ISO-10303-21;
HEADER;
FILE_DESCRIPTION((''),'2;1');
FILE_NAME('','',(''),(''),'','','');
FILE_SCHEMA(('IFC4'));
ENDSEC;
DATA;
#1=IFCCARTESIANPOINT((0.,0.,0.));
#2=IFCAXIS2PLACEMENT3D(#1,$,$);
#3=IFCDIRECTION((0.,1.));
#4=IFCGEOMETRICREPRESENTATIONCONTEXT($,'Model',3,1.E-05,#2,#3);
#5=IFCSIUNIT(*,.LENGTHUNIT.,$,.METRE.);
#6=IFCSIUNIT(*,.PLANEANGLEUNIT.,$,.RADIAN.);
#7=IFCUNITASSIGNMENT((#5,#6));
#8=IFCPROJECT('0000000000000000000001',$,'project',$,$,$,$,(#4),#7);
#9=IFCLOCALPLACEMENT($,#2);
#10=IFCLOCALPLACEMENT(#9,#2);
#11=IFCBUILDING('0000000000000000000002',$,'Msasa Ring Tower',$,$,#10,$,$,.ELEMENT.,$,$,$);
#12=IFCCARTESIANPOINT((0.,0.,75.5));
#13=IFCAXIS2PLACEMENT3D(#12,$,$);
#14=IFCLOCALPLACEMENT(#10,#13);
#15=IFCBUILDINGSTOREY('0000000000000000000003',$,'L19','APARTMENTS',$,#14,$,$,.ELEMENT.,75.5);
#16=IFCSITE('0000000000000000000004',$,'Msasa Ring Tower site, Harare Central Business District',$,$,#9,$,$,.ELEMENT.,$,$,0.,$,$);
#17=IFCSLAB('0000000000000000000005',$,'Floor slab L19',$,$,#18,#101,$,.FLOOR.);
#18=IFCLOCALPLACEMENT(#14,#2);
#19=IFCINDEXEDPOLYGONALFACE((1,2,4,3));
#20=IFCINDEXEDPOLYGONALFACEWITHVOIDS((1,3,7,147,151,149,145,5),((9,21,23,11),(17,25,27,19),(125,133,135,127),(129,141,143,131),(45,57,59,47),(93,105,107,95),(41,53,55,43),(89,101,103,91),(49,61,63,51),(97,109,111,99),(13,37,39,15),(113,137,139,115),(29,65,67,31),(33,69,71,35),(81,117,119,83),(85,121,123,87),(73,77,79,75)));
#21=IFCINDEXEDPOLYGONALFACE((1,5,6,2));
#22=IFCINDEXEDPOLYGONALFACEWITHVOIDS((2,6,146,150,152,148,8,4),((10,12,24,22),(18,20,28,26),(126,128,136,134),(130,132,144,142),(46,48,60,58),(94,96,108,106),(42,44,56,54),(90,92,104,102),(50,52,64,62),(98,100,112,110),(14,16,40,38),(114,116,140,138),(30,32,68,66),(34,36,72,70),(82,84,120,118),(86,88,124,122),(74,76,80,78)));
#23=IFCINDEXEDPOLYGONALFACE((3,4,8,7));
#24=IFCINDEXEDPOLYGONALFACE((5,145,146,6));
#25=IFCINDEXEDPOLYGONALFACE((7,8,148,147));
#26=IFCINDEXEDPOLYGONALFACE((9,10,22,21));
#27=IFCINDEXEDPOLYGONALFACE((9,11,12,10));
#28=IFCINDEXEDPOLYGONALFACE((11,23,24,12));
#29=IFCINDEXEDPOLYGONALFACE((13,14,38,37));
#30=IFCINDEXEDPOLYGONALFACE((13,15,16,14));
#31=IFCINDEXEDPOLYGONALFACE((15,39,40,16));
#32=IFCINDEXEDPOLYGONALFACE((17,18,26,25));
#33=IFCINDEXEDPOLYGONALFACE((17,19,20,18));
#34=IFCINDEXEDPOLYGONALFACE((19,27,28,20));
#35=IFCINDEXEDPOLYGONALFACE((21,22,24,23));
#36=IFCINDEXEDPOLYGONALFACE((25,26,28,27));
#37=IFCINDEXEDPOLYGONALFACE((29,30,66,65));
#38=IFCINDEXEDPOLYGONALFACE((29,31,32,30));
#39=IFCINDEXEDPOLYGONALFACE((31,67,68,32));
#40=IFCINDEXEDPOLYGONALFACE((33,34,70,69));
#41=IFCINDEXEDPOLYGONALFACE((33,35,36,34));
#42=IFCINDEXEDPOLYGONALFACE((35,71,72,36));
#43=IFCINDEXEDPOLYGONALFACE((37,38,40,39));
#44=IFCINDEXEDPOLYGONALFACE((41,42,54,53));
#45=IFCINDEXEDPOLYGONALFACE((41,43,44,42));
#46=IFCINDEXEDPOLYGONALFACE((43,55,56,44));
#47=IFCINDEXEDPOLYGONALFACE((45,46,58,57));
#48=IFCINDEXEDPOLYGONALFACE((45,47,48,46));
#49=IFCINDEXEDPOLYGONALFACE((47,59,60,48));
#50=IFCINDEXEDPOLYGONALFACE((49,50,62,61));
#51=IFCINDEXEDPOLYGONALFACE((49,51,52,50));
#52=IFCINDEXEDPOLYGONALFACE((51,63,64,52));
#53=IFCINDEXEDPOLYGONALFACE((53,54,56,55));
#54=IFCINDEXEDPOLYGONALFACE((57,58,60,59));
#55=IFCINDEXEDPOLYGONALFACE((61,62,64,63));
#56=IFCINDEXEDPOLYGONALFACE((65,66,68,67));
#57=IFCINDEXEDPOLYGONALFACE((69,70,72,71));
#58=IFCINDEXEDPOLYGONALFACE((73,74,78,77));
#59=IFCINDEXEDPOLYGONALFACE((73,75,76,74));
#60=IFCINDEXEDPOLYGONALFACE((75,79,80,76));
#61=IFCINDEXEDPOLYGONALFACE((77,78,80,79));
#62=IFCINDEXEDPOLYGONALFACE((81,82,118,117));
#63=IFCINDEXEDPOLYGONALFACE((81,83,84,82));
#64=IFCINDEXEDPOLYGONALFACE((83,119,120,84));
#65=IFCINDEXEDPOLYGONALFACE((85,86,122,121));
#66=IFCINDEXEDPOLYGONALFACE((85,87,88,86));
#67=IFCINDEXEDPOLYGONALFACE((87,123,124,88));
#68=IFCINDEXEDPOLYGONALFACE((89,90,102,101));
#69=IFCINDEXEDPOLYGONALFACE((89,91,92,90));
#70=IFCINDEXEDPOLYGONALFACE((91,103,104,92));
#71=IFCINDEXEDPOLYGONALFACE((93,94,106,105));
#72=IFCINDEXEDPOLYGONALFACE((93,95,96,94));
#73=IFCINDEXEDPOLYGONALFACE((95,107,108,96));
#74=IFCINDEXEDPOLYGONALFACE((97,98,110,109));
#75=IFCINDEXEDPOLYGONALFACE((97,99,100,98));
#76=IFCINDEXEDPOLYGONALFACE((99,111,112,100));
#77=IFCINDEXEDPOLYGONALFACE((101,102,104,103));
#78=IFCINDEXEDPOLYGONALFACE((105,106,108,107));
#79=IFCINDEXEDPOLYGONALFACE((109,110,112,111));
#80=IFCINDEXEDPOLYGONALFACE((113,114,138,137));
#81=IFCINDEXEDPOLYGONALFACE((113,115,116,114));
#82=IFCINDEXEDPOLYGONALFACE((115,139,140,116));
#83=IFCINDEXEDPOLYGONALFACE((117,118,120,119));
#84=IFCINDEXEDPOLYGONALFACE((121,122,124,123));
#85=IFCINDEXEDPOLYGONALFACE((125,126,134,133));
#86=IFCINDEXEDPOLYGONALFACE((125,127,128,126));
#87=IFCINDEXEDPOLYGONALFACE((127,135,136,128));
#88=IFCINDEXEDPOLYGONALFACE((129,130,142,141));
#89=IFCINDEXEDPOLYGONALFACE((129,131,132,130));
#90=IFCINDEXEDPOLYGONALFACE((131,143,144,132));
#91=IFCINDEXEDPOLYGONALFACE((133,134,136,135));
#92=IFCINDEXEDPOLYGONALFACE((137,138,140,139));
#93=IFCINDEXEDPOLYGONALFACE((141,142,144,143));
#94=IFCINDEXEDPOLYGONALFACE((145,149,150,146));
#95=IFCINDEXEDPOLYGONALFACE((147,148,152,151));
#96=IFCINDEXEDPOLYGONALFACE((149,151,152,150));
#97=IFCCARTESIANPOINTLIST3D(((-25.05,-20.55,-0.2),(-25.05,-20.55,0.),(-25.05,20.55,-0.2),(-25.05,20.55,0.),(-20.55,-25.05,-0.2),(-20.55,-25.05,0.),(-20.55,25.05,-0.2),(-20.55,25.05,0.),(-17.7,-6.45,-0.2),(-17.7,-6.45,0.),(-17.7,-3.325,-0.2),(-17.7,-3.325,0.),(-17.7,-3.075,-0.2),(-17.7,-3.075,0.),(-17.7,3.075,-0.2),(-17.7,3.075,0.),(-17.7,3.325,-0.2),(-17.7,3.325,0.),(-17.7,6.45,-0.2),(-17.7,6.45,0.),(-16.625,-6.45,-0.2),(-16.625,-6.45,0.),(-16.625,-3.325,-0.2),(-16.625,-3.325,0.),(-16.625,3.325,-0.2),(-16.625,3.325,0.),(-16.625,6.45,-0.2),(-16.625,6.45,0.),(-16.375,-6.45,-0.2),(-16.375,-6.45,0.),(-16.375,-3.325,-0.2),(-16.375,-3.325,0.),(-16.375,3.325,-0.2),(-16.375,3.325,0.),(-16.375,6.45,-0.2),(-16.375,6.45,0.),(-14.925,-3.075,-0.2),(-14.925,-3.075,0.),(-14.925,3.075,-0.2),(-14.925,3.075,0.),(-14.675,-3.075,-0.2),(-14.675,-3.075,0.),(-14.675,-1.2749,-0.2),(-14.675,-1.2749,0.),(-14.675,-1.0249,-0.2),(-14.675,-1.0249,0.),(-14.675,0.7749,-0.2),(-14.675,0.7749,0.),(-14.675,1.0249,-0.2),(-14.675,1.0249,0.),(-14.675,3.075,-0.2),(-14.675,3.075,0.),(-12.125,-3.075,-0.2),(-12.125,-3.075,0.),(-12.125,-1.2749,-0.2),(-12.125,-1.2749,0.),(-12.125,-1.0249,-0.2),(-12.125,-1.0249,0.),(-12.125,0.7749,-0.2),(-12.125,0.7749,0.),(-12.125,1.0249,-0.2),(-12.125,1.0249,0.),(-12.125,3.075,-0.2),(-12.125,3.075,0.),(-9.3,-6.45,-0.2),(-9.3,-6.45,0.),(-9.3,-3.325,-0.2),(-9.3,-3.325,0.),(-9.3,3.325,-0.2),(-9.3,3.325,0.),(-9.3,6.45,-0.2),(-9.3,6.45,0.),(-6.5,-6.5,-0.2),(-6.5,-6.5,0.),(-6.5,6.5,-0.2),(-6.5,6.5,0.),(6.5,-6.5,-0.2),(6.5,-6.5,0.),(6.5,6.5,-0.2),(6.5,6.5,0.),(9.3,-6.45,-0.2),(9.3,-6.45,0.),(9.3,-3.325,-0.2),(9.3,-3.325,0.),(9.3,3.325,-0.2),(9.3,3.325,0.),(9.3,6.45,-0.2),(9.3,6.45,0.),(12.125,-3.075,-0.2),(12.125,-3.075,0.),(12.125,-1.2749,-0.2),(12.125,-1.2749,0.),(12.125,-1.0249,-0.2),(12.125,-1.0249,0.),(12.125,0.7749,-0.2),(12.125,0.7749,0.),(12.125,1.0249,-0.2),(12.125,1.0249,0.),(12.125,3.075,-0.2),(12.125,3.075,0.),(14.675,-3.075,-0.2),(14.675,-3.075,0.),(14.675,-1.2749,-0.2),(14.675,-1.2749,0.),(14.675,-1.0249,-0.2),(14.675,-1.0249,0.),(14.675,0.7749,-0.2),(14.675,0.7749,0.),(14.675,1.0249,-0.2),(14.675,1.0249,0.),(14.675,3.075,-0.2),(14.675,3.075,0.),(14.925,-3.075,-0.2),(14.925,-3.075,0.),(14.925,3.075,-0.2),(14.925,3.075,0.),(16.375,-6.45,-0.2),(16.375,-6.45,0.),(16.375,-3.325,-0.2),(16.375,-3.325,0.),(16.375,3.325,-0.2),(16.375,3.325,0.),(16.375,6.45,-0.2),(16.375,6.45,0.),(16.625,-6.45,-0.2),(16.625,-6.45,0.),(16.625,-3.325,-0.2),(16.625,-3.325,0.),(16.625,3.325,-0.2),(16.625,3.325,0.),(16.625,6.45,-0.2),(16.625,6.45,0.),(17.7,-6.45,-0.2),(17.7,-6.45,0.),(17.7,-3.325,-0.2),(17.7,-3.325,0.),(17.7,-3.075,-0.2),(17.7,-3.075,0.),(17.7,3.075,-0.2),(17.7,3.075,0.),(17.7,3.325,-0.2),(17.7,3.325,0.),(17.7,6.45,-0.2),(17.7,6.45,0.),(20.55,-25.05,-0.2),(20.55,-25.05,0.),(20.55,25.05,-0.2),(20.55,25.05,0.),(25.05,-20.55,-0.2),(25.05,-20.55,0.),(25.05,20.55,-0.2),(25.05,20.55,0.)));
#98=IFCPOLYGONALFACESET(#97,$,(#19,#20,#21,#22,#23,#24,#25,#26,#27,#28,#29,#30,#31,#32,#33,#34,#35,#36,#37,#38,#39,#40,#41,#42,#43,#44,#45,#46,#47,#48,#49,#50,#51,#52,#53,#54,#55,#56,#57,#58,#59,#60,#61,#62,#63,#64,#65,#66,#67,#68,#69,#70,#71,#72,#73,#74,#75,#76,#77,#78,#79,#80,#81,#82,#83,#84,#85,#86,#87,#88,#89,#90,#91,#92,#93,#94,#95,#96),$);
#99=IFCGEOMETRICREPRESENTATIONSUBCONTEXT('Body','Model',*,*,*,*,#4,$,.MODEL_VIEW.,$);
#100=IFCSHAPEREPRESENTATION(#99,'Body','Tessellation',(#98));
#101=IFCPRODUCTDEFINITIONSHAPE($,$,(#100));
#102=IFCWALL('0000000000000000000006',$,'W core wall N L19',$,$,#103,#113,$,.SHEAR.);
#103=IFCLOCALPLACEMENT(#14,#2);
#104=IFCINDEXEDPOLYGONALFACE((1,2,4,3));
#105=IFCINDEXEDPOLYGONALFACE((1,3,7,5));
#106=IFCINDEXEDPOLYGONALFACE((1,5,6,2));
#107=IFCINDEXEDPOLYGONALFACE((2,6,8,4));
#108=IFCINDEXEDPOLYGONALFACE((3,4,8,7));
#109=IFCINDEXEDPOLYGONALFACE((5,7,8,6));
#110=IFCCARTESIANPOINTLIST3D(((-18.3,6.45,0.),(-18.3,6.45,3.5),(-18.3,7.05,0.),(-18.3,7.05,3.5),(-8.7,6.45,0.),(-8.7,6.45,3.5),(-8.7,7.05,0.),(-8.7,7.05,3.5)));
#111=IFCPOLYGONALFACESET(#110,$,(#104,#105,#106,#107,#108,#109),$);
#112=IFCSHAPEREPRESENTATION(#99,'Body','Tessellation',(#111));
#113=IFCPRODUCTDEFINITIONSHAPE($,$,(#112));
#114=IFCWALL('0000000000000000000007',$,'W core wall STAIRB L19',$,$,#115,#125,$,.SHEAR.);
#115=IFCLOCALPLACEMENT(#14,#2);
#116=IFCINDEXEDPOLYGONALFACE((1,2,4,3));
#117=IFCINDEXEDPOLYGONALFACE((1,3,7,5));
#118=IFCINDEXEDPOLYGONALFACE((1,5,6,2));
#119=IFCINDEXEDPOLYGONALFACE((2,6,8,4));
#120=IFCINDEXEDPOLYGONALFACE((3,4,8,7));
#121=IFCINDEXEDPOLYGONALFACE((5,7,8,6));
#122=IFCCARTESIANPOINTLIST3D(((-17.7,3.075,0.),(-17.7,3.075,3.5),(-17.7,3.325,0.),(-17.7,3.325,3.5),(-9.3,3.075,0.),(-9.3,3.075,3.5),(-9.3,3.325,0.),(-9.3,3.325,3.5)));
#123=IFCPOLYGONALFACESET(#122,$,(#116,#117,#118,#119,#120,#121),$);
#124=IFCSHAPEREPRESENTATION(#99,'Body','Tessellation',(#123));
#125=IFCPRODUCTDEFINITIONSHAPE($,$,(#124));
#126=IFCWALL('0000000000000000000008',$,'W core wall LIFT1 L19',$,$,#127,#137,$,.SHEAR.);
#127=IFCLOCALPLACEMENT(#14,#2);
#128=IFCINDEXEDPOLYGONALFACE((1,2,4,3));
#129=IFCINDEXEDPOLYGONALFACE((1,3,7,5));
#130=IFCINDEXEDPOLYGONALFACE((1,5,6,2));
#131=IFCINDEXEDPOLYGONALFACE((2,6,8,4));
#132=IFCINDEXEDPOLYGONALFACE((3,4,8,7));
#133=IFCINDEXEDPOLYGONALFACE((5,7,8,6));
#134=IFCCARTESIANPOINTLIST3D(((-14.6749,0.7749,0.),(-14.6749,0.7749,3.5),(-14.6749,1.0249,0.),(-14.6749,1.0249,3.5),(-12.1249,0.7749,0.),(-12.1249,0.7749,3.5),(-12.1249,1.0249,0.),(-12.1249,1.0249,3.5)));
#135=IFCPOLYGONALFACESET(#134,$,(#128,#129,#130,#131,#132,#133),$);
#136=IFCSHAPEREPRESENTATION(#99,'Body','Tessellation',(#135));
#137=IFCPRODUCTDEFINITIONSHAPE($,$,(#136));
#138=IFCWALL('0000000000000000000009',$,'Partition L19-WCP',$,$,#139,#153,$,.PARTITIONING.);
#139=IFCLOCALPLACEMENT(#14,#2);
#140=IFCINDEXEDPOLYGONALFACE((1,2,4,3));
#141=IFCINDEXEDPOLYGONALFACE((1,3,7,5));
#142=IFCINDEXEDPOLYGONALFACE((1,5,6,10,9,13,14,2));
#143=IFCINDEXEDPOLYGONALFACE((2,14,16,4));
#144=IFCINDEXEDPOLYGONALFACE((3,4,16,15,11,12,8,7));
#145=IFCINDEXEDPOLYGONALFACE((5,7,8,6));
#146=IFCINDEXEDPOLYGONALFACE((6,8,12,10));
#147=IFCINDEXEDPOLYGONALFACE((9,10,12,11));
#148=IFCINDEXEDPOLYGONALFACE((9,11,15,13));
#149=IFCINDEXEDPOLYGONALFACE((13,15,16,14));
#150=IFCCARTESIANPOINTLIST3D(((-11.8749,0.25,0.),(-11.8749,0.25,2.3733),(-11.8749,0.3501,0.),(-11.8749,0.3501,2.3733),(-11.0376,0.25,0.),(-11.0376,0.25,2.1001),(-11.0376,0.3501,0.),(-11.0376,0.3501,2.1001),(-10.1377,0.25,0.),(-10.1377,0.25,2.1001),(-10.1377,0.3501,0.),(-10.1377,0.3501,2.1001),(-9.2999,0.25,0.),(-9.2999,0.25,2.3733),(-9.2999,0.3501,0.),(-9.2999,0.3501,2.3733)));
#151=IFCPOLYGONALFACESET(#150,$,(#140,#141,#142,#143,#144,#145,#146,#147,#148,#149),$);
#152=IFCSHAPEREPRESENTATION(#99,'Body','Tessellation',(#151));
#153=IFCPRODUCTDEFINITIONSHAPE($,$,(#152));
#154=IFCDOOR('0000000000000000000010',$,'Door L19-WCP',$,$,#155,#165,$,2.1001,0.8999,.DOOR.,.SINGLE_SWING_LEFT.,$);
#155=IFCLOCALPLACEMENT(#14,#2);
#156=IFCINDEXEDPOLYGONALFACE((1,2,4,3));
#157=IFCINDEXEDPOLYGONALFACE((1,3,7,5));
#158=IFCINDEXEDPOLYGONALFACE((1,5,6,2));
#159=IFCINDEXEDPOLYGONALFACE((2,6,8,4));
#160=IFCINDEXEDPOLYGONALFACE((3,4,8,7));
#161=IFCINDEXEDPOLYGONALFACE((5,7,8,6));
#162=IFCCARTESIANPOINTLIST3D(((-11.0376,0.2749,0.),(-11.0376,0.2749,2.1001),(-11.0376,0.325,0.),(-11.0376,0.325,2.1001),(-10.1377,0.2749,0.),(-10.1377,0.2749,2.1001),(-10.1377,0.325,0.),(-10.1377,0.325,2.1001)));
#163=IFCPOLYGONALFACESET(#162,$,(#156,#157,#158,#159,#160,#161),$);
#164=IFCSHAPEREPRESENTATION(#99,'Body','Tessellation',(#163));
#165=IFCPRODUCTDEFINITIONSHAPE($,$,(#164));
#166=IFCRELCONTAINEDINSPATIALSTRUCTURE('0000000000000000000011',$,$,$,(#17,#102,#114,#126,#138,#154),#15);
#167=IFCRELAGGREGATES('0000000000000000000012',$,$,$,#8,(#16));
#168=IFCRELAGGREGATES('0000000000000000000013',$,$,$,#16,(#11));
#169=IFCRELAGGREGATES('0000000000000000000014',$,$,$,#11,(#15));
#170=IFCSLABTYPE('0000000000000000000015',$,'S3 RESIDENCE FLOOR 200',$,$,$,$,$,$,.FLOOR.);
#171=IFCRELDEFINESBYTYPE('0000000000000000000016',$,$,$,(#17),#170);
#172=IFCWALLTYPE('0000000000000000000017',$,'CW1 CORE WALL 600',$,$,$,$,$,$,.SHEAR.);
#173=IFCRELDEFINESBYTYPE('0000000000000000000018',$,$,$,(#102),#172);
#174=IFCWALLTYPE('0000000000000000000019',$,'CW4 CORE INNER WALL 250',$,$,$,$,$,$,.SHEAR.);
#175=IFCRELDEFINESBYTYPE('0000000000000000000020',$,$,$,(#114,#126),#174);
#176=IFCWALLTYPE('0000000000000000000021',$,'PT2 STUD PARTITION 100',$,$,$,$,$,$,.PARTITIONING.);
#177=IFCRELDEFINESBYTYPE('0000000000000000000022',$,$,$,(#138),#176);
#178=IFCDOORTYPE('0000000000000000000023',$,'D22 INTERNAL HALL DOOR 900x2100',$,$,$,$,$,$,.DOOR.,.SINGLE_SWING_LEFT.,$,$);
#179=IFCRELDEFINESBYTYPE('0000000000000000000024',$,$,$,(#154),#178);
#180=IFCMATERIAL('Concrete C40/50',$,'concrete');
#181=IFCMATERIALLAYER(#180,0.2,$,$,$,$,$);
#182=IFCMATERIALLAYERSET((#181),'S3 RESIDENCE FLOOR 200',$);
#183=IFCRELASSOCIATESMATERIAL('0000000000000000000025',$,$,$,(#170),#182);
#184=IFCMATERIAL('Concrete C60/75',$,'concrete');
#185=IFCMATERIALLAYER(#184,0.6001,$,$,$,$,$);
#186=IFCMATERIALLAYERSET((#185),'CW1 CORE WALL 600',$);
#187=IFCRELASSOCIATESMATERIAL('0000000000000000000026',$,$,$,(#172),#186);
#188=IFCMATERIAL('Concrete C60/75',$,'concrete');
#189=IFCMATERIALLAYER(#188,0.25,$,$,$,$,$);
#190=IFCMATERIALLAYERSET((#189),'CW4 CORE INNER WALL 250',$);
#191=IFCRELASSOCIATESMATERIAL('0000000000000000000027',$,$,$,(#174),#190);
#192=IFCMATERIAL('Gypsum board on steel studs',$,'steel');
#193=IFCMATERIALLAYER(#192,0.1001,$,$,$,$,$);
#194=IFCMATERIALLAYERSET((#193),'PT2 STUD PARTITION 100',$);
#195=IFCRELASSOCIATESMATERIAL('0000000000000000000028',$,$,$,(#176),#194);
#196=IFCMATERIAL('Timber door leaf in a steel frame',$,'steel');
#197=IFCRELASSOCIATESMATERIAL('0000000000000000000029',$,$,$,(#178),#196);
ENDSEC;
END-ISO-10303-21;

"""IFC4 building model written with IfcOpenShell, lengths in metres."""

from ifc_helpers import new_model, si_unit, direction, frame, frame_2d, origin, place, context, subcontext, project, spatial, polyline, rectangle, outline, extrude, material, layer, layer_set, type_object, element, fill, save


model = new_model("IFC4")

# Units and contexts
model_context = context("Model", 3, precision=1e-05, world=origin(), true_north=direction((0.0, 1.0)))
body_context = subcontext(model_context, "Body", "Model", "MODEL_VIEW")
ifc_project = project(units=[si_unit("LENGTHUNIT", "METRE"), si_unit("PLANEANGLEUNIT", "RADIAN")], contexts=[model_context])

# Site, building, storey
site_placement = place(None, origin())
site = spatial("IfcSite", under=ifc_project, at=site_placement, Name="Msasa Ring Tower site, Harare Central Business District", CompositionType="ELEMENT", RefElevation=0.0)
building_placement = place(site_placement, origin())
building = spatial("IfcBuilding", under=site, at=building_placement, Name="Msasa Ring Tower", CompositionType="ELEMENT")
storey_placement = place(building_placement, frame((0.0, 0.0, 75.5)))
storey = spatial("IfcBuildingStorey", under=building, at=storey_placement, Name="L19", Description="APARTMENTS", CompositionType="ELEMENT", Elevation=75.5)

# Slab
ifc_material_1 = material(Name="Concrete C40/50", Category="concrete")
ifc_layer_1 = layer(ifc_material_1, 0.2)
ifc_layer_set_1 = layer_set([ifc_layer_1], Name="S3 RESIDENCE FLOOR 200")
slab_type = type_object("IfcSlabType", Name="S3 RESIDENCE FLOOR 200", PredefinedType="FLOOR", material=ifc_layer_set_1)
slab_placement = place(storey_placement, frame((0.0, 0.0, -0.2)))
element("IfcSlab", 1, at=slab_placement, inside=storey, type_object=slab_type, Name="Floor slab L19", PredefinedType="FLOOR", context=body_context, shape_type="SweptSolid", body=[
    extrude(outline(polyline([(-20.55, -25.05), (20.55, -25.05), (25.05, -20.55), (25.05, 20.55), (20.55, 25.05), (-20.55, 25.05), (-25.05, 20.55), (-25.05, -20.55), (-20.55, -25.05)]), holes=[polyline([(-6.5, -6.5), (6.5, -6.5), (6.5, 6.5), (-6.5, 6.5), (-6.5, -6.5)]), polyline([(9.3, -6.45), (16.375, -6.45), (16.375, -3.325), (9.3, -3.325), (9.3, -6.45)]), polyline([(9.3, 3.325), (16.375, 3.325), (16.375, 6.45), (9.3, 6.45), (9.3, 3.325)]), polyline([(12.125, -3.075), (14.675, -3.075), (14.675, -1.2749), (12.125, -1.2749), (12.125, -3.075)]), polyline([(12.125, -1.0249), (14.675, -1.0249), (14.675, 0.7749), (12.125, 0.7749), (12.125, -1.0249)]), polyline([(12.125, 1.0249), (14.675, 1.0249), (14.675, 3.075), (12.125, 3.075), (12.125, 1.0249)]), polyline([(16.625, -6.45), (17.7, -6.45), (17.7, -3.325), (16.625, -3.325), (16.625, -6.45)]), polyline([(16.625, 3.325), (17.7, 3.325), (17.7, 6.45), (16.625, 6.45), (16.625, 3.325)]), polyline([(14.925, -3.075), (17.7, -3.075), (17.7, 3.075), (14.925, 3.075), (14.925, -3.075)]), polyline([(-16.375, -6.45), (-9.3, -6.45), (-9.3, -3.325), (-16.375, -3.325), (-16.375, -6.45)]), polyline([(-16.375, 3.325), (-9.3, 3.325), (-9.3, 6.45), (-16.375, 6.45), (-16.375, 3.325)]), polyline([(-14.675, -3.075), (-12.125, -3.075), (-12.125, -1.2749), (-14.675, -1.2749), (-14.675, -3.075)]), polyline([(-14.675, -1.0249), (-12.125, -1.0249), (-12.125, 0.7749), (-14.675, 0.7749), (-14.675, -1.0249)]), polyline([(-14.675, 1.0249), (-12.125, 1.0249), (-12.125, 3.075), (-14.675, 3.075), (-14.675, 1.0249)]), polyline([(-17.7, -6.45), (-16.625, -6.45), (-16.625, -3.325), (-17.7, -3.325), (-17.7, -6.45)]), polyline([(-17.7, 3.325), (-16.625, 3.325), (-16.625, 6.45), (-17.7, 6.45), (-17.7, 3.325)]), polyline([(-17.7, -3.075), (-14.925, -3.075), (-14.925, 3.075), (-17.7, 3.075), (-17.7, -3.075)])]), origin(), (0.0, 0.0, 1.0), 0.2),
])

# Walls
ifc_material_2 = material(Name="Concrete C60/75", Category="concrete")
ifc_layer_2 = layer(ifc_material_2, 0.6001)
ifc_layer_set_2 = layer_set([ifc_layer_2], Name="CW1 CORE WALL 600")
wall_type_1 = type_object("IfcWallType", Name="CW1 CORE WALL 600", PredefinedType="SHEAR", material=ifc_layer_set_2)
wall_1_placement = place(storey_placement, frame((-8.7, 6.75, 0.0), z_axis=(0.0, 0.0, 1.0), x_axis=(-1.0, 0.0, 0.0)))
element("IfcWall", 2, at=wall_1_placement, inside=storey, type_object=wall_type_1, Name="W core wall N L19", PredefinedType="SHEAR", context=body_context, shape_type="SweptSolid", body=[
    extrude(rectangle(XDim=9.6001, YDim=0.6001, at=frame_2d((4.8, 0.0))), origin(), (0.0, 0.0, 1.0), 3.5),
])
ifc_material_3 = material(Name="Concrete C60/75", Category="concrete")
ifc_layer_3 = layer(ifc_material_3, 0.25)
ifc_layer_set_3 = layer_set([ifc_layer_3], Name="CW4 CORE INNER WALL 250")
wall_type_2 = type_object("IfcWallType", Name="CW4 CORE INNER WALL 250", PredefinedType="SHEAR", material=ifc_layer_set_3)
wall_2_placement = place(storey_placement, frame((-9.3, 3.2, 0.0), z_axis=(0.0, 0.0, 1.0), x_axis=(-1.0, 0.0, 0.0)))
element("IfcWall", 3, at=wall_2_placement, inside=storey, type_object=wall_type_2, Name="W core wall STAIRB L19", PredefinedType="SHEAR", context=body_context, shape_type="SweptSolid", body=[
    extrude(rectangle(XDim=8.3999, YDim=0.25, at=frame_2d((4.2, 0.0))), origin(), (0.0, 0.0, 1.0), 3.5),
])
wall_3_placement = place(storey_placement, frame((-12.125, 0.8999, 0.0), z_axis=(0.0, 0.0, 1.0), x_axis=(-1.0, 0.0, 0.0)))
element("IfcWall", 4, at=wall_3_placement, inside=storey, type_object=wall_type_2, Name="W core wall LIFT1 L19", PredefinedType="SHEAR", context=body_context, shape_type="SweptSolid", body=[
    extrude(rectangle(XDim=2.55, YDim=0.25, at=frame_2d((1.2749, 0.0))), origin(), (0.0, 0.0, 1.0), 3.5),
])

# Wall, opening, door
ifc_material_4 = material(Name="Gypsum board on steel studs", Category="steel")
ifc_layer_4 = layer(ifc_material_4, 0.1001)
ifc_layer_set_4 = layer_set([ifc_layer_4], Name="PT2 STUD PARTITION 100")
wall_type_3 = type_object("IfcWallType", Name="PT2 STUD PARTITION 100", PredefinedType="PARTITIONING", material=ifc_layer_set_4)
wall_4_placement = place(storey_placement, frame((-11.875, 0.3, 0.0), z_axis=(0.0, 0.0, 1.0), x_axis=(1.0, 0.0, 0.0)))
wall_4 = element("IfcWall", 5, at=wall_4_placement, inside=storey, type_object=wall_type_3, Name="Partition L19-WCP", PredefinedType="PARTITIONING", context=body_context, shape_type="SweptSolid", body=[
    extrude(rectangle(XDim=2.575, YDim=0.1001, at=frame_2d((1.2876, 0.0))), origin(), (0.0, 0.0, 1.0), 2.3733),
])
opening_placement = place(wall_4_placement, frame((0.8374, 0.0, 0.0)))
opening = element("IfcOpeningElement", 6, at=opening_placement, cuts=wall_4, PredefinedType="OPENING", context=body_context, shape_type="SweptSolid", body=[
    extrude(rectangle(XDim=0.8999, YDim=2.1001, at=frame_2d((0.45, 1.05))), frame((0.0, 0.0601, 0.0), z_axis=(0.0, -1.0, 0.0), x_axis=(1.0, 0.0, 0.0)), (0.0, 0.0, 1.0), 0.1201),
])
ifc_material_5 = material(Name="Timber door leaf in a steel frame", Category="steel")
door_type = type_object("IfcDoorType", Name="D22 INTERNAL HALL DOOR 900x2100", OperationType="SINGLE_SWING_LEFT", PredefinedType="DOOR", material=ifc_material_5)
door_placement = place(opening_placement, origin())
door = element("IfcDoor", 7, at=door_placement, inside=storey, type_object=door_type, Name="Door L19-WCP", OperationType="SINGLE_SWING_LEFT", OverallHeight=2.1001, OverallWidth=0.8999, PredefinedType="DOOR", context=body_context, shape_type="SweptSolid", body=[
    extrude(rectangle(XDim=0.8999, YDim=2.1001, at=frame_2d((0.45, 1.05))), frame((0.0, 0.0249, 0.0), z_axis=(0.0, -1.0, 0.0), x_axis=(1.0, 0.0, 0.0)), (0.0, 0.0, 1.0), 0.05),
])
fill(opening, door)

save(model, "model.ifc")
